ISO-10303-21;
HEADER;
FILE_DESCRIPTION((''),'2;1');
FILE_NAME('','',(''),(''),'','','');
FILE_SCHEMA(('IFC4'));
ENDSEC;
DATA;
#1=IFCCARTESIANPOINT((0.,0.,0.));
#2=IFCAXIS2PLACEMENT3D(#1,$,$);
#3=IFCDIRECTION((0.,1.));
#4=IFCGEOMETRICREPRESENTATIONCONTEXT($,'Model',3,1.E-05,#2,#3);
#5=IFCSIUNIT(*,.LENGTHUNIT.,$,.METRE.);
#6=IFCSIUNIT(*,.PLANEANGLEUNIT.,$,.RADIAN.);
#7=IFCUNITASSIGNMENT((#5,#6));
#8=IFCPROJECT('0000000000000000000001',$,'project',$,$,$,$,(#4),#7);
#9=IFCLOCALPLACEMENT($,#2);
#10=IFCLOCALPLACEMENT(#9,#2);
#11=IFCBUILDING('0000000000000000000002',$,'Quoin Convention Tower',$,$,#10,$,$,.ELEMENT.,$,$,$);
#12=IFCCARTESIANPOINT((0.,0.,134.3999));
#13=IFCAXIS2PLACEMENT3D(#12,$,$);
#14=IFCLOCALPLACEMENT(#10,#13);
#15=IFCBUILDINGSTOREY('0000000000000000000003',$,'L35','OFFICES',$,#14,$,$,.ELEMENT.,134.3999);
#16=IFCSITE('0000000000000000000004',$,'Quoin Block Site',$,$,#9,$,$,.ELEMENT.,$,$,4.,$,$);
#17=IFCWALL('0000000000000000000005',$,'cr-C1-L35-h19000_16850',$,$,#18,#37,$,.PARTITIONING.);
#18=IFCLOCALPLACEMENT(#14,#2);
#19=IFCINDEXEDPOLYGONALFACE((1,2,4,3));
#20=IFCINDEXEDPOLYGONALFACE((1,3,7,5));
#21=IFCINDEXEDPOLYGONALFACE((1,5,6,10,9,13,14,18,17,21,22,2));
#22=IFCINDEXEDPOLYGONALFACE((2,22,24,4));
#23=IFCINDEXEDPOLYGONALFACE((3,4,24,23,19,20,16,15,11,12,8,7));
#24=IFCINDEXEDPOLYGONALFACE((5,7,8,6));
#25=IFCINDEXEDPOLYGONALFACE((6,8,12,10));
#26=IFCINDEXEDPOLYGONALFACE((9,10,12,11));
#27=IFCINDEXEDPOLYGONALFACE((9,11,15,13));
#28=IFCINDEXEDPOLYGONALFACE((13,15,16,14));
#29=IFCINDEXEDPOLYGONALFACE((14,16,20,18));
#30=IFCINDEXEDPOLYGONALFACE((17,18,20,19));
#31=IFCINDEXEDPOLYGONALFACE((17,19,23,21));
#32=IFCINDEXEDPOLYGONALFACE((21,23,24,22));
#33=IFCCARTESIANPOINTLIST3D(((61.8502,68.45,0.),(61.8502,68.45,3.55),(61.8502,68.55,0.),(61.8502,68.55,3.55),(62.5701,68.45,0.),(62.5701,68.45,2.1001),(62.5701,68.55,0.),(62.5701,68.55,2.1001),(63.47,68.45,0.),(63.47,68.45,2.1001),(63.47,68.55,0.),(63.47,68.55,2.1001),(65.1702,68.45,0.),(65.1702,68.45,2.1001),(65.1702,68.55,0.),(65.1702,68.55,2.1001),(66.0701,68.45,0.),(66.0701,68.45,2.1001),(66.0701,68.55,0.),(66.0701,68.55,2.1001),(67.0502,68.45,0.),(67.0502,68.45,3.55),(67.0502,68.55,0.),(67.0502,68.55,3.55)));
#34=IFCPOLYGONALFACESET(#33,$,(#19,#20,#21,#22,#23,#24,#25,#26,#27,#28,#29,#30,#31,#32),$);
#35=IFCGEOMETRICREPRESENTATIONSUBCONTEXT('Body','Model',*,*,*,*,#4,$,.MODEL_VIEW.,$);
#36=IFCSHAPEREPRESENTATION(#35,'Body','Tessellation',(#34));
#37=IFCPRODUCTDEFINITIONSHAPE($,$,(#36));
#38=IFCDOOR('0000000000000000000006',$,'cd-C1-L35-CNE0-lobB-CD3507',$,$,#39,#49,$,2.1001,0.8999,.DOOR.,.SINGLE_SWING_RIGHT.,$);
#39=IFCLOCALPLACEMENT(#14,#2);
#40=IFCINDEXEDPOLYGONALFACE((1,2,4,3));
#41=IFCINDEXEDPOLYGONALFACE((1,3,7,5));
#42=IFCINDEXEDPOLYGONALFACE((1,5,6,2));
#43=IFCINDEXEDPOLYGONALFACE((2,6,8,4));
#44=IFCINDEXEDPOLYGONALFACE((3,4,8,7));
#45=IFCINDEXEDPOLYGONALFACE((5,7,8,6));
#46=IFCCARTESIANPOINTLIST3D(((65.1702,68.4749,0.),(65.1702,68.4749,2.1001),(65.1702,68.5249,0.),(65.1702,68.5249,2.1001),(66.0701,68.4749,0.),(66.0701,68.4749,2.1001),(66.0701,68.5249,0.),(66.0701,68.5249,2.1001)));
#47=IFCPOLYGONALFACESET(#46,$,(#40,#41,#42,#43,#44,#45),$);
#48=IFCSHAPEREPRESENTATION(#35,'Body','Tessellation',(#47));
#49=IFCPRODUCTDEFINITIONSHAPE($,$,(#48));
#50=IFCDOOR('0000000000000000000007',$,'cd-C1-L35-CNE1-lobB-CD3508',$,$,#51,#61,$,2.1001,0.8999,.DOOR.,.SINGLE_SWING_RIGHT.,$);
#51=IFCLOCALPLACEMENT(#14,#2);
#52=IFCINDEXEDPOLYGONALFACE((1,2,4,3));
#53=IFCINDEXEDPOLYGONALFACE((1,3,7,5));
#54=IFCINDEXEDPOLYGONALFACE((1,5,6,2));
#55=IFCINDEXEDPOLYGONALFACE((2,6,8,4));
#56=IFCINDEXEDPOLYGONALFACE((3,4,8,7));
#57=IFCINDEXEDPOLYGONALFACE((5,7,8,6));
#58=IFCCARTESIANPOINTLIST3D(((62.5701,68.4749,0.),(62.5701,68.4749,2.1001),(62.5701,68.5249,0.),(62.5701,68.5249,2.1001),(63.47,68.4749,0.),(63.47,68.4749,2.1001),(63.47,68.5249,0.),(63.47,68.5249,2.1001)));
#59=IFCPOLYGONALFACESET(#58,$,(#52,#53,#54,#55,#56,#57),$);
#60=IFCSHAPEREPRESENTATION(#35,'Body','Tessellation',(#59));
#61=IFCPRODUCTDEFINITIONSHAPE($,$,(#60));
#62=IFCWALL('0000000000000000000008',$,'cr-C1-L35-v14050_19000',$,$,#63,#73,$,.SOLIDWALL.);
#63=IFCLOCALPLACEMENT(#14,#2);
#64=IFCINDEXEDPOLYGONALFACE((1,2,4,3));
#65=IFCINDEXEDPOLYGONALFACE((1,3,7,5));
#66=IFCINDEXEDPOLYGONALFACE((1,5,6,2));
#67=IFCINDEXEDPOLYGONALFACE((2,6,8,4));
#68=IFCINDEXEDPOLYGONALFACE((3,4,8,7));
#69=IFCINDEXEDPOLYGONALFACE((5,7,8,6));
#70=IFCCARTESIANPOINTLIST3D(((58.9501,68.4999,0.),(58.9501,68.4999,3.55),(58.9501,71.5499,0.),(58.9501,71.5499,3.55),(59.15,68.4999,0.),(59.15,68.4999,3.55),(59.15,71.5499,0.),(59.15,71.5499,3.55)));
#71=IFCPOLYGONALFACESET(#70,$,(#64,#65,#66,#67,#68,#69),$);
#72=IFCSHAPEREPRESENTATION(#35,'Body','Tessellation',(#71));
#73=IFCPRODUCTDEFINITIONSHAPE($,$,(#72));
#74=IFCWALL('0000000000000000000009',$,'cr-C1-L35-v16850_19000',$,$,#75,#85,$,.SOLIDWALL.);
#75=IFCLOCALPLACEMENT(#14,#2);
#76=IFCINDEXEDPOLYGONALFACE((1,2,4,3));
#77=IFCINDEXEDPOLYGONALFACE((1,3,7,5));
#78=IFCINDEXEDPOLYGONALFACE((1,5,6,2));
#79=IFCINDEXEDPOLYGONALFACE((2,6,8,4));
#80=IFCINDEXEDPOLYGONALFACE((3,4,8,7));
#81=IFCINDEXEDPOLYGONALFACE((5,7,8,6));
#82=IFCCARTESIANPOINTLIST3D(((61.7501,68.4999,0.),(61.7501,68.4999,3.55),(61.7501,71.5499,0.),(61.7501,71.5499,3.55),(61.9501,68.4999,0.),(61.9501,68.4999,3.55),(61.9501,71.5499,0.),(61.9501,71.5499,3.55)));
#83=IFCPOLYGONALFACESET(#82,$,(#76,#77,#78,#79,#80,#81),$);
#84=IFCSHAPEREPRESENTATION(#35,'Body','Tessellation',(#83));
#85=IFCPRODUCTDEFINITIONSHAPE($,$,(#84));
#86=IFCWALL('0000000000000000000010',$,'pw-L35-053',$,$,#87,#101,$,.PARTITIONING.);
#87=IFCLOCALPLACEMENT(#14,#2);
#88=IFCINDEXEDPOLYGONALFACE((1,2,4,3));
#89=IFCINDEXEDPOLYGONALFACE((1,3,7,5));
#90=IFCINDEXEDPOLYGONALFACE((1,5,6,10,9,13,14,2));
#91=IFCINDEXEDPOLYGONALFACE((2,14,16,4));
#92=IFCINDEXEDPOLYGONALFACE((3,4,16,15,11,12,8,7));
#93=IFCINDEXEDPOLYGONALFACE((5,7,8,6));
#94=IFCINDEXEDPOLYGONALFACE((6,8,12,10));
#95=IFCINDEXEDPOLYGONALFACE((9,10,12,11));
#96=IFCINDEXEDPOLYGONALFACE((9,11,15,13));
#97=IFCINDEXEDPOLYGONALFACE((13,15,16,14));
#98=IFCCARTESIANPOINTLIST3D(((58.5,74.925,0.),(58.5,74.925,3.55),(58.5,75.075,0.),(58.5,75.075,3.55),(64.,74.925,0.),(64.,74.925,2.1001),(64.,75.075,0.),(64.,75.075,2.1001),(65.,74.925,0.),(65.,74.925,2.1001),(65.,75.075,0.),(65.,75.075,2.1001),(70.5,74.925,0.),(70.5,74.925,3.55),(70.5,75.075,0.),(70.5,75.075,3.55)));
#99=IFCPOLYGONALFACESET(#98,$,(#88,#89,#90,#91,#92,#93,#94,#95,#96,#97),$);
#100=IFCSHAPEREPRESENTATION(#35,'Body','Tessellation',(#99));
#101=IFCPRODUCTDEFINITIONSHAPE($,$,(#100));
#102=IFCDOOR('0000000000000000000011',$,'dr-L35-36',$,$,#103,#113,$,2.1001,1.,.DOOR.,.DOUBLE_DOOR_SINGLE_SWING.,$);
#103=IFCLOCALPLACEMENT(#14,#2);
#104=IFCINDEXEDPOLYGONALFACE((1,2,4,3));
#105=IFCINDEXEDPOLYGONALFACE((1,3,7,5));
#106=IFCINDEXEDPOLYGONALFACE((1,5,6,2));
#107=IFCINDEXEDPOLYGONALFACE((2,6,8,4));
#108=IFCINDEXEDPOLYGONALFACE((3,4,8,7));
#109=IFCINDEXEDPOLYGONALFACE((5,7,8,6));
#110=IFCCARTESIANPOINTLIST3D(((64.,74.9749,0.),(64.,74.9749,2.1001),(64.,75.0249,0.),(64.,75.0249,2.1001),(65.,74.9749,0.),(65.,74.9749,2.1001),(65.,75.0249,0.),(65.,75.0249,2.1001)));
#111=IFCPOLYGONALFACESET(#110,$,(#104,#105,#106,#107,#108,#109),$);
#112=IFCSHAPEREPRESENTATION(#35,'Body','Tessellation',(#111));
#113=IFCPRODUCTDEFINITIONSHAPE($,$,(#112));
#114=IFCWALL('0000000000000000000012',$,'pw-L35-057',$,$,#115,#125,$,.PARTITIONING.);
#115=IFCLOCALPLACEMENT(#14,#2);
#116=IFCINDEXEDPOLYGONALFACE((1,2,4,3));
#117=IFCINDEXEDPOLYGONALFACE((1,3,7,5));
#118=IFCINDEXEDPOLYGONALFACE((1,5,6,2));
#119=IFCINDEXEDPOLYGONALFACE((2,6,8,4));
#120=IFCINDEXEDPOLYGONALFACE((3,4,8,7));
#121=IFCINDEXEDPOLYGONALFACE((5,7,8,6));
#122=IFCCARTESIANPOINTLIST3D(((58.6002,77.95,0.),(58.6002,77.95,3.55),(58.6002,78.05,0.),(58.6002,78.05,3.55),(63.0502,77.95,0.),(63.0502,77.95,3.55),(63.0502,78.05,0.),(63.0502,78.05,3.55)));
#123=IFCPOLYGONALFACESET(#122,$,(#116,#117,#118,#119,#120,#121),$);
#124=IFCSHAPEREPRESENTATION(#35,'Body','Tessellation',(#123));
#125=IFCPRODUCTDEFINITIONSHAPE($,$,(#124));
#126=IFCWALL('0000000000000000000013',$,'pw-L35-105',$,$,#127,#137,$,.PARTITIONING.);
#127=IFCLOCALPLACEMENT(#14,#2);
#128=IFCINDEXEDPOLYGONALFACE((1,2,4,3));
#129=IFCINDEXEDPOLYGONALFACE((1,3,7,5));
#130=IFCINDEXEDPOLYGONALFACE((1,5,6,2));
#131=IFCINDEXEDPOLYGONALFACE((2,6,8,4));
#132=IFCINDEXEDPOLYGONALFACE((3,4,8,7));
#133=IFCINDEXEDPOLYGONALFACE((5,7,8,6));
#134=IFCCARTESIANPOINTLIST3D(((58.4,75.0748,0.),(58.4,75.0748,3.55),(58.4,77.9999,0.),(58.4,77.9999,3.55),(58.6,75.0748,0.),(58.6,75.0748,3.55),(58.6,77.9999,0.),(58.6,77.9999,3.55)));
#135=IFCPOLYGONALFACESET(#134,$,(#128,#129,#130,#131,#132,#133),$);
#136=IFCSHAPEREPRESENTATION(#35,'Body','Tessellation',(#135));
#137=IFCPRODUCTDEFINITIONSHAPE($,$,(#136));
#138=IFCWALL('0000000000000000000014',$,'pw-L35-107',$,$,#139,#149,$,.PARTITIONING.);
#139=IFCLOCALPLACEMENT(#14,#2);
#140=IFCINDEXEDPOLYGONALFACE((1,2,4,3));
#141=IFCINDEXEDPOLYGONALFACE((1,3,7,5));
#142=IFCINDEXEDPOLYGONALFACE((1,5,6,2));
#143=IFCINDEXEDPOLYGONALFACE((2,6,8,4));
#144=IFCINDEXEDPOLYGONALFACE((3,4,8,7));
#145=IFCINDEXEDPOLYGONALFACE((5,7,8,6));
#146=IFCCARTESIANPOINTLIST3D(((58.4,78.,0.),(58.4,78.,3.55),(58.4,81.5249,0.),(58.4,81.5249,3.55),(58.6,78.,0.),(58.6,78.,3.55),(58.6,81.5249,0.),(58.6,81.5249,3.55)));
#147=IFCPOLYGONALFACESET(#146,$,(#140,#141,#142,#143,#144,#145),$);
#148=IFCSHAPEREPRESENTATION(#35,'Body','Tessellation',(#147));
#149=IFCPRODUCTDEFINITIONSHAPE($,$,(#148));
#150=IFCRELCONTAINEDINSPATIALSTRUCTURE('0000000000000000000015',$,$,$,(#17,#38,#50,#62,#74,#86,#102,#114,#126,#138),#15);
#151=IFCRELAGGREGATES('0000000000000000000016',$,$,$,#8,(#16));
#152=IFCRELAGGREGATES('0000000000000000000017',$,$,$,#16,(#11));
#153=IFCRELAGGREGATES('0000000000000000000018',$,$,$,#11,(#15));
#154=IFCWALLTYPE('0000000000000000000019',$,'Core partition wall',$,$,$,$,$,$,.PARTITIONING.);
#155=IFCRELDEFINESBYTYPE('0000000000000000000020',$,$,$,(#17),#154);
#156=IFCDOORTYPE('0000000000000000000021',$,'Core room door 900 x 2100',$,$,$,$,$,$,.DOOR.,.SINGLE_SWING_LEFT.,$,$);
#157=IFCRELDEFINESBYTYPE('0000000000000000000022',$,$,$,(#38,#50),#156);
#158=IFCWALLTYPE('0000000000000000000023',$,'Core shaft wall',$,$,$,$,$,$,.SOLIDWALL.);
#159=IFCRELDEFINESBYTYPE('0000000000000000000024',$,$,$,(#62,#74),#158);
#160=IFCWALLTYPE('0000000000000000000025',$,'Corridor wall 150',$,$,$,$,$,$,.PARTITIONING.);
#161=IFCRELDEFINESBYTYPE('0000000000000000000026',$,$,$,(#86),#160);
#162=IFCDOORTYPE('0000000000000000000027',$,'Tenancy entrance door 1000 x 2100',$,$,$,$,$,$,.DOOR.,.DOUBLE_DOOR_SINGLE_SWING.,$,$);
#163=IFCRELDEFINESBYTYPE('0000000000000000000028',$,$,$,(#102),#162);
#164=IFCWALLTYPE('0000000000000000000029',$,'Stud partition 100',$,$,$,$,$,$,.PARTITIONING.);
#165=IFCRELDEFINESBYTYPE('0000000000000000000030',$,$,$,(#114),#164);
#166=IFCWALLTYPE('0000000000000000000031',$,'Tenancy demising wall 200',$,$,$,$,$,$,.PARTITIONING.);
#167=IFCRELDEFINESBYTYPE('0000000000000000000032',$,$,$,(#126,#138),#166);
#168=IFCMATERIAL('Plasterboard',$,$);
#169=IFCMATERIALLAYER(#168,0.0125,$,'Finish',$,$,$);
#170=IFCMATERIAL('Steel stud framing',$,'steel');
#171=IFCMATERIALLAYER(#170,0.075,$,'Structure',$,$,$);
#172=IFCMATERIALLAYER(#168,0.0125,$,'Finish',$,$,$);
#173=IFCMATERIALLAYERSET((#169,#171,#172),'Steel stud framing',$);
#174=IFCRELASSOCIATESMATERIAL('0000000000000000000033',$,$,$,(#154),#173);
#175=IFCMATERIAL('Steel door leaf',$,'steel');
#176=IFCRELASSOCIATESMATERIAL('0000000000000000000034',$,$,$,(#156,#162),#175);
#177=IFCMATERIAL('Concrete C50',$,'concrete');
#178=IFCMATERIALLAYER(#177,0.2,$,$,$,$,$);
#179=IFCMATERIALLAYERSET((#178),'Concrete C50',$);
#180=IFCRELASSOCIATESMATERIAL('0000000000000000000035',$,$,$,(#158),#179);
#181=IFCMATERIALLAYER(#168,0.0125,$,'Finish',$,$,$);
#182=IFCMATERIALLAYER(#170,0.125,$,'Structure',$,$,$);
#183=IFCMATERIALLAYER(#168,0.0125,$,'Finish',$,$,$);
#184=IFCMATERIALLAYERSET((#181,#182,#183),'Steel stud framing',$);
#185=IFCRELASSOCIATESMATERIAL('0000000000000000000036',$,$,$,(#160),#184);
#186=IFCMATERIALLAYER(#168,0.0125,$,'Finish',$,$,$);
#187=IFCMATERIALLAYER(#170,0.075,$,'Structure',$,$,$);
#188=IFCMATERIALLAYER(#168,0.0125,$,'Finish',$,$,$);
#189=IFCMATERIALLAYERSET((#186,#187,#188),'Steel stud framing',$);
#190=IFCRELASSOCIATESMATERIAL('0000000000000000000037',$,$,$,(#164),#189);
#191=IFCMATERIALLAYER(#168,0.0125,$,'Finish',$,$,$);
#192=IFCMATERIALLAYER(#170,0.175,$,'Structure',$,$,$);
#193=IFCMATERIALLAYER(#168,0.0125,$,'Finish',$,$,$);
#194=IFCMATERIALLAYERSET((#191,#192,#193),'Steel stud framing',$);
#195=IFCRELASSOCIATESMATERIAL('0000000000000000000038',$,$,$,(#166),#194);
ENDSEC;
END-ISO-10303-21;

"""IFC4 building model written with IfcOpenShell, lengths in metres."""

from ifc_helpers import new_model, si_unit, direction, frame, frame_2d, origin, place, context, subcontext, project, spatial, rectangle, extrude, material, layer, layer_set, type_object, element, fill, save


model = new_model("IFC4")

# Units and contexts
model_context = context("Model", 3, precision=1e-05, world=origin(), true_north=direction((0.0, 1.0)))
body_context = subcontext(model_context, "Body", "Model", "MODEL_VIEW")
ifc_project = project(units=[si_unit("LENGTHUNIT", "METRE"), si_unit("PLANEANGLEUNIT", "RADIAN")], contexts=[model_context])

# Site, building, storey
site_placement = place(None, origin())
site = spatial("IfcSite", under=ifc_project, at=site_placement, Name="Quoin Block Site", CompositionType="ELEMENT", RefElevation=4.0)
building_placement = place(site_placement, origin())
building = spatial("IfcBuilding", under=site, at=building_placement, Name="Quoin Convention Tower", CompositionType="ELEMENT")
storey_placement = place(building_placement, frame((0.0, 0.0, 134.3999)))
storey = spatial("IfcBuildingStorey", under=building, at=storey_placement, Name="L35", Description="OFFICES", CompositionType="ELEMENT", Elevation=134.3999)

# Wall, openings, doors
ifc_material_1 = material(Name="Plasterboard")
ifc_layer_1 = layer(ifc_material_1, 0.0125, Name="Finish")
ifc_material_2 = material(Name="Steel stud framing", Category="steel")
ifc_layer_2 = layer(ifc_material_2, 0.075, Name="Structure")
ifc_layer_3 = layer(ifc_material_1, 0.0125, Name="Finish")
ifc_layer_set_1 = layer_set([ifc_layer_1, ifc_layer_2, ifc_layer_3], Name="Steel stud framing")
wall_type_1 = type_object("IfcWallType", Name="Core partition wall", PredefinedType="PARTITIONING", material=ifc_layer_set_1)
wall_1_placement = place(storey_placement, frame((61.8501, 68.5, 0.0), z_axis=(0.0, 0.0, 1.0), x_axis=(1.0, 0.0, 0.0)))
wall_1 = element("IfcWall", 1, at=wall_1_placement, inside=storey, type_object=wall_type_1, Name="cr-C1-L35-h19000_16850", PredefinedType="PARTITIONING", context=body_context, shape_type="SweptSolid", body=[
    extrude(rectangle(XDim=5.2, YDim=0.1001, at=frame_2d((2.6001, 0.0))), origin(), (0.0, 0.0, 1.0), 3.55),
])
opening_1_placement = place(wall_1_placement, frame((3.3201, 0.0, 0.0)))
opening_1 = element("IfcOpeningElement", 2, at=opening_1_placement, cuts=wall_1, PredefinedType="OPENING", context=body_context, shape_type="SweptSolid", body=[
    extrude(rectangle(XDim=0.8999, YDim=2.1001, at=frame_2d((0.45, 1.05))), frame((0.0, 0.0601, 0.0), z_axis=(0.0, -1.0, 0.0), x_axis=(1.0, 0.0, 0.0)), (0.0, 0.0, 1.0), 0.1201),
])
opening_2_placement = place(wall_1_placement, frame((0.72, 0.0, 0.0)))
opening_2 = element("IfcOpeningElement", 3, at=opening_2_placement, cuts=wall_1, PredefinedType="OPENING", context=body_context, shape_type="SweptSolid", body=[
    extrude(rectangle(XDim=0.8999, YDim=2.1001, at=frame_2d((0.45, 1.05))), frame((0.0, 0.0601, 0.0), z_axis=(0.0, -1.0, 0.0), x_axis=(1.0, 0.0, 0.0)), (0.0, 0.0, 1.0), 0.1201),
])
ifc_material_3 = material(Name="Steel door leaf", Category="steel")
door_type_1 = type_object("IfcDoorType", Name="Core room door 900 x 2100", OperationType="SINGLE_SWING_LEFT", PredefinedType="DOOR", material=ifc_material_3)
door_1_placement = place(opening_1_placement, origin())
door_1 = element("IfcDoor", 4, at=door_1_placement, inside=storey, type_object=door_type_1, Name="cd-C1-L35-CNE0-lobB-CD3507", OperationType="SINGLE_SWING_RIGHT", OverallHeight=2.1001, OverallWidth=0.8999, PredefinedType="DOOR", context=body_context, shape_type="SweptSolid", body=[
    extrude(rectangle(XDim=0.8999, YDim=2.1001, at=frame_2d((0.45, 1.05))), frame((0.0, 0.0249, 0.0), z_axis=(0.0, -1.0, 0.0), x_axis=(1.0, 0.0, 0.0)), (0.0, 0.0, 1.0), 0.05),
])
fill(opening_1, door_1)
door_2_placement = place(opening_2_placement, origin())
door_2 = element("IfcDoor", 5, at=door_2_placement, inside=storey, type_object=door_type_1, Name="cd-C1-L35-CNE1-lobB-CD3508", OperationType="SINGLE_SWING_RIGHT", OverallHeight=2.1001, OverallWidth=0.8999, PredefinedType="DOOR", context=body_context, shape_type="SweptSolid", body=[
    extrude(rectangle(XDim=0.8999, YDim=2.1001, at=frame_2d((0.45, 1.05))), frame((0.0, 0.0249, 0.0), z_axis=(0.0, -1.0, 0.0), x_axis=(1.0, 0.0, 0.0)), (0.0, 0.0, 1.0), 0.05),
])
fill(opening_2, door_2)

# Walls
ifc_material_4 = material(Name="Concrete C50", Category="concrete")
ifc_layer_4 = layer(ifc_material_4, 0.2)
ifc_layer_set_2 = layer_set([ifc_layer_4], Name="Concrete C50")
wall_type_2 = type_object("IfcWallType", Name="Core shaft wall", PredefinedType="SOLIDWALL", material=ifc_layer_set_2)
for number, where, z_axis, x_axis, name in (
    (6, (59.05, 68.5, 0.0), (0.0, 0.0, 1.0), (0.0, 1.0, 0.0), "cr-C1-L35-v14050_19000"),
    (7, (61.8501, 68.5, 0.0), (0.0, 0.0, 1.0), (0.0, 1.0, 0.0), "cr-C1-L35-v16850_19000"),
):
    element("IfcWall", number, at=place(storey_placement, frame(where, z_axis=z_axis, x_axis=x_axis)), inside=storey, type_object=wall_type_2, Name=name, PredefinedType="SOLIDWALL", context=body_context, shape_type="SweptSolid", body=[
        extrude(rectangle(XDim=3.05, YDim=0.2, at=frame_2d((1.5249, 0.0))), origin(), (0.0, 0.0, 1.0), 3.55),
    ])

# Wall, opening, door
ifc_layer_5 = layer(ifc_material_1, 0.0125, Name="Finish")
ifc_layer_6 = layer(ifc_material_2, 0.125, Name="Structure")
ifc_layer_7 = layer(ifc_material_1, 0.0125, Name="Finish")
ifc_layer_set_3 = layer_set([ifc_layer_5, ifc_layer_6, ifc_layer_7], Name="Steel stud framing")
wall_type_3 = type_object("IfcWallType", Name="Corridor wall 150", PredefinedType="PARTITIONING", material=ifc_layer_set_3)
wall_2_placement = place(storey_placement, frame((58.5, 75.0, 0.0), z_axis=(0.0, 0.0, 1.0), x_axis=(1.0, 0.0, 0.0)))
wall_2 = element("IfcWall", 8, at=wall_2_placement, inside=storey, type_object=wall_type_3, Name="pw-L35-053", PredefinedType="PARTITIONING", context=body_context, shape_type="SweptSolid", body=[
    extrude(rectangle(XDim=12.0, YDim=0.1499, at=frame_2d((6.0, 0.0))), origin(), (0.0, 0.0, 1.0), 3.55),
])
opening_3_placement = place(wall_2_placement, frame((5.5, 0.0, 0.0)))
opening_3 = element("IfcOpeningElement", 9, at=opening_3_placement, cuts=wall_2, PredefinedType="OPENING", context=body_context, shape_type="SweptSolid", body=[
    extrude(rectangle(XDim=1.0, YDim=2.1001, at=frame_2d((0.5, 1.05))), frame((0.0, 0.085, 0.0), z_axis=(0.0, -1.0, 0.0), x_axis=(1.0, 0.0, 0.0)), (0.0, 0.0, 1.0), 0.1699),
])
door_type_2 = type_object("IfcDoorType", Name="Tenancy entrance door 1000 x 2100", OperationType="DOUBLE_DOOR_SINGLE_SWING", PredefinedType="DOOR", material=ifc_material_3)
door_3_placement = place(opening_3_placement, origin())
door_3 = element("IfcDoor", 10, at=door_3_placement, inside=storey, type_object=door_type_2, Name="dr-L35-36", OperationType="DOUBLE_DOOR_SINGLE_SWING", OverallHeight=2.1001, OverallWidth=1.0, PredefinedType="DOOR", context=body_context, shape_type="SweptSolid", body=[
    extrude(rectangle(XDim=1.0, YDim=2.1001, at=frame_2d((0.5, 1.05))), frame((0.0, 0.0249, 0.0), z_axis=(0.0, -1.0, 0.0), x_axis=(1.0, 0.0, 0.0)), (0.0, 0.0, 1.0), 0.05),
])
fill(opening_3, door_3)

# Walls
ifc_layer_8 = layer(ifc_material_1, 0.0125, Name="Finish")
ifc_layer_9 = layer(ifc_material_2, 0.075, Name="Structure")
ifc_layer_10 = layer(ifc_material_1, 0.0125, Name="Finish")
ifc_layer_set_4 = layer_set([ifc_layer_8, ifc_layer_9, ifc_layer_10], Name="Steel stud framing")
wall_type_4 = type_object("IfcWallType", Name="Stud partition 100", PredefinedType="PARTITIONING", material=ifc_layer_set_4)
wall_3_placement = place(storey_placement, frame((58.6001, 78.0, 0.0), z_axis=(0.0, 0.0, 1.0), x_axis=(1.0, 0.0, 0.0)))
element("IfcWall", 11, at=wall_3_placement, inside=storey, type_object=wall_type_4, Name="pw-L35-057", PredefinedType="PARTITIONING", context=body_context, shape_type="SweptSolid", body=[
    extrude(rectangle(XDim=4.45, YDim=0.1001, at=frame_2d((2.2251, 0.0))), origin(), (0.0, 0.0, 1.0), 3.55),
])
ifc_layer_11 = layer(ifc_material_1, 0.0125, Name="Finish")
ifc_layer_12 = layer(ifc_material_2, 0.175, Name="Structure")
ifc_layer_13 = layer(ifc_material_1, 0.0125, Name="Finish")
ifc_layer_set_5 = layer_set([ifc_layer_11, ifc_layer_12, ifc_layer_13], Name="Steel stud framing")
wall_type_5 = type_object("IfcWallType", Name="Tenancy demising wall 200", PredefinedType="PARTITIONING", material=ifc_layer_set_5)
wall_4_placement = place(storey_placement, frame((58.5, 75.075, 0.0), z_axis=(0.0, 0.0, 1.0), x_axis=(0.0, 1.0, 0.0)))
element("IfcWall", 12, at=wall_4_placement, inside=storey, type_object=wall_type_5, Name="pw-L35-105", PredefinedType="PARTITIONING", context=body_context, shape_type="SweptSolid", body=[
    extrude(rectangle(XDim=2.925, YDim=0.2, at=frame_2d((1.4624, 0.0))), origin(), (0.0, 0.0, 1.0), 3.55),
])
wall_5_placement = place(storey_placement, frame((58.5, 78.0, 0.0), z_axis=(0.0, 0.0, 1.0), x_axis=(0.0, 1.0, 0.0)))
element("IfcWall", 13, at=wall_5_placement, inside=storey, type_object=wall_type_5, Name="pw-L35-107", PredefinedType="PARTITIONING", context=body_context, shape_type="SweptSolid", body=[
    extrude(rectangle(XDim=3.5249, YDim=0.2, at=frame_2d((1.7625, 0.0))), origin(), (0.0, 0.0, 1.0), 3.55),
])

save(model, "model.ifc")
